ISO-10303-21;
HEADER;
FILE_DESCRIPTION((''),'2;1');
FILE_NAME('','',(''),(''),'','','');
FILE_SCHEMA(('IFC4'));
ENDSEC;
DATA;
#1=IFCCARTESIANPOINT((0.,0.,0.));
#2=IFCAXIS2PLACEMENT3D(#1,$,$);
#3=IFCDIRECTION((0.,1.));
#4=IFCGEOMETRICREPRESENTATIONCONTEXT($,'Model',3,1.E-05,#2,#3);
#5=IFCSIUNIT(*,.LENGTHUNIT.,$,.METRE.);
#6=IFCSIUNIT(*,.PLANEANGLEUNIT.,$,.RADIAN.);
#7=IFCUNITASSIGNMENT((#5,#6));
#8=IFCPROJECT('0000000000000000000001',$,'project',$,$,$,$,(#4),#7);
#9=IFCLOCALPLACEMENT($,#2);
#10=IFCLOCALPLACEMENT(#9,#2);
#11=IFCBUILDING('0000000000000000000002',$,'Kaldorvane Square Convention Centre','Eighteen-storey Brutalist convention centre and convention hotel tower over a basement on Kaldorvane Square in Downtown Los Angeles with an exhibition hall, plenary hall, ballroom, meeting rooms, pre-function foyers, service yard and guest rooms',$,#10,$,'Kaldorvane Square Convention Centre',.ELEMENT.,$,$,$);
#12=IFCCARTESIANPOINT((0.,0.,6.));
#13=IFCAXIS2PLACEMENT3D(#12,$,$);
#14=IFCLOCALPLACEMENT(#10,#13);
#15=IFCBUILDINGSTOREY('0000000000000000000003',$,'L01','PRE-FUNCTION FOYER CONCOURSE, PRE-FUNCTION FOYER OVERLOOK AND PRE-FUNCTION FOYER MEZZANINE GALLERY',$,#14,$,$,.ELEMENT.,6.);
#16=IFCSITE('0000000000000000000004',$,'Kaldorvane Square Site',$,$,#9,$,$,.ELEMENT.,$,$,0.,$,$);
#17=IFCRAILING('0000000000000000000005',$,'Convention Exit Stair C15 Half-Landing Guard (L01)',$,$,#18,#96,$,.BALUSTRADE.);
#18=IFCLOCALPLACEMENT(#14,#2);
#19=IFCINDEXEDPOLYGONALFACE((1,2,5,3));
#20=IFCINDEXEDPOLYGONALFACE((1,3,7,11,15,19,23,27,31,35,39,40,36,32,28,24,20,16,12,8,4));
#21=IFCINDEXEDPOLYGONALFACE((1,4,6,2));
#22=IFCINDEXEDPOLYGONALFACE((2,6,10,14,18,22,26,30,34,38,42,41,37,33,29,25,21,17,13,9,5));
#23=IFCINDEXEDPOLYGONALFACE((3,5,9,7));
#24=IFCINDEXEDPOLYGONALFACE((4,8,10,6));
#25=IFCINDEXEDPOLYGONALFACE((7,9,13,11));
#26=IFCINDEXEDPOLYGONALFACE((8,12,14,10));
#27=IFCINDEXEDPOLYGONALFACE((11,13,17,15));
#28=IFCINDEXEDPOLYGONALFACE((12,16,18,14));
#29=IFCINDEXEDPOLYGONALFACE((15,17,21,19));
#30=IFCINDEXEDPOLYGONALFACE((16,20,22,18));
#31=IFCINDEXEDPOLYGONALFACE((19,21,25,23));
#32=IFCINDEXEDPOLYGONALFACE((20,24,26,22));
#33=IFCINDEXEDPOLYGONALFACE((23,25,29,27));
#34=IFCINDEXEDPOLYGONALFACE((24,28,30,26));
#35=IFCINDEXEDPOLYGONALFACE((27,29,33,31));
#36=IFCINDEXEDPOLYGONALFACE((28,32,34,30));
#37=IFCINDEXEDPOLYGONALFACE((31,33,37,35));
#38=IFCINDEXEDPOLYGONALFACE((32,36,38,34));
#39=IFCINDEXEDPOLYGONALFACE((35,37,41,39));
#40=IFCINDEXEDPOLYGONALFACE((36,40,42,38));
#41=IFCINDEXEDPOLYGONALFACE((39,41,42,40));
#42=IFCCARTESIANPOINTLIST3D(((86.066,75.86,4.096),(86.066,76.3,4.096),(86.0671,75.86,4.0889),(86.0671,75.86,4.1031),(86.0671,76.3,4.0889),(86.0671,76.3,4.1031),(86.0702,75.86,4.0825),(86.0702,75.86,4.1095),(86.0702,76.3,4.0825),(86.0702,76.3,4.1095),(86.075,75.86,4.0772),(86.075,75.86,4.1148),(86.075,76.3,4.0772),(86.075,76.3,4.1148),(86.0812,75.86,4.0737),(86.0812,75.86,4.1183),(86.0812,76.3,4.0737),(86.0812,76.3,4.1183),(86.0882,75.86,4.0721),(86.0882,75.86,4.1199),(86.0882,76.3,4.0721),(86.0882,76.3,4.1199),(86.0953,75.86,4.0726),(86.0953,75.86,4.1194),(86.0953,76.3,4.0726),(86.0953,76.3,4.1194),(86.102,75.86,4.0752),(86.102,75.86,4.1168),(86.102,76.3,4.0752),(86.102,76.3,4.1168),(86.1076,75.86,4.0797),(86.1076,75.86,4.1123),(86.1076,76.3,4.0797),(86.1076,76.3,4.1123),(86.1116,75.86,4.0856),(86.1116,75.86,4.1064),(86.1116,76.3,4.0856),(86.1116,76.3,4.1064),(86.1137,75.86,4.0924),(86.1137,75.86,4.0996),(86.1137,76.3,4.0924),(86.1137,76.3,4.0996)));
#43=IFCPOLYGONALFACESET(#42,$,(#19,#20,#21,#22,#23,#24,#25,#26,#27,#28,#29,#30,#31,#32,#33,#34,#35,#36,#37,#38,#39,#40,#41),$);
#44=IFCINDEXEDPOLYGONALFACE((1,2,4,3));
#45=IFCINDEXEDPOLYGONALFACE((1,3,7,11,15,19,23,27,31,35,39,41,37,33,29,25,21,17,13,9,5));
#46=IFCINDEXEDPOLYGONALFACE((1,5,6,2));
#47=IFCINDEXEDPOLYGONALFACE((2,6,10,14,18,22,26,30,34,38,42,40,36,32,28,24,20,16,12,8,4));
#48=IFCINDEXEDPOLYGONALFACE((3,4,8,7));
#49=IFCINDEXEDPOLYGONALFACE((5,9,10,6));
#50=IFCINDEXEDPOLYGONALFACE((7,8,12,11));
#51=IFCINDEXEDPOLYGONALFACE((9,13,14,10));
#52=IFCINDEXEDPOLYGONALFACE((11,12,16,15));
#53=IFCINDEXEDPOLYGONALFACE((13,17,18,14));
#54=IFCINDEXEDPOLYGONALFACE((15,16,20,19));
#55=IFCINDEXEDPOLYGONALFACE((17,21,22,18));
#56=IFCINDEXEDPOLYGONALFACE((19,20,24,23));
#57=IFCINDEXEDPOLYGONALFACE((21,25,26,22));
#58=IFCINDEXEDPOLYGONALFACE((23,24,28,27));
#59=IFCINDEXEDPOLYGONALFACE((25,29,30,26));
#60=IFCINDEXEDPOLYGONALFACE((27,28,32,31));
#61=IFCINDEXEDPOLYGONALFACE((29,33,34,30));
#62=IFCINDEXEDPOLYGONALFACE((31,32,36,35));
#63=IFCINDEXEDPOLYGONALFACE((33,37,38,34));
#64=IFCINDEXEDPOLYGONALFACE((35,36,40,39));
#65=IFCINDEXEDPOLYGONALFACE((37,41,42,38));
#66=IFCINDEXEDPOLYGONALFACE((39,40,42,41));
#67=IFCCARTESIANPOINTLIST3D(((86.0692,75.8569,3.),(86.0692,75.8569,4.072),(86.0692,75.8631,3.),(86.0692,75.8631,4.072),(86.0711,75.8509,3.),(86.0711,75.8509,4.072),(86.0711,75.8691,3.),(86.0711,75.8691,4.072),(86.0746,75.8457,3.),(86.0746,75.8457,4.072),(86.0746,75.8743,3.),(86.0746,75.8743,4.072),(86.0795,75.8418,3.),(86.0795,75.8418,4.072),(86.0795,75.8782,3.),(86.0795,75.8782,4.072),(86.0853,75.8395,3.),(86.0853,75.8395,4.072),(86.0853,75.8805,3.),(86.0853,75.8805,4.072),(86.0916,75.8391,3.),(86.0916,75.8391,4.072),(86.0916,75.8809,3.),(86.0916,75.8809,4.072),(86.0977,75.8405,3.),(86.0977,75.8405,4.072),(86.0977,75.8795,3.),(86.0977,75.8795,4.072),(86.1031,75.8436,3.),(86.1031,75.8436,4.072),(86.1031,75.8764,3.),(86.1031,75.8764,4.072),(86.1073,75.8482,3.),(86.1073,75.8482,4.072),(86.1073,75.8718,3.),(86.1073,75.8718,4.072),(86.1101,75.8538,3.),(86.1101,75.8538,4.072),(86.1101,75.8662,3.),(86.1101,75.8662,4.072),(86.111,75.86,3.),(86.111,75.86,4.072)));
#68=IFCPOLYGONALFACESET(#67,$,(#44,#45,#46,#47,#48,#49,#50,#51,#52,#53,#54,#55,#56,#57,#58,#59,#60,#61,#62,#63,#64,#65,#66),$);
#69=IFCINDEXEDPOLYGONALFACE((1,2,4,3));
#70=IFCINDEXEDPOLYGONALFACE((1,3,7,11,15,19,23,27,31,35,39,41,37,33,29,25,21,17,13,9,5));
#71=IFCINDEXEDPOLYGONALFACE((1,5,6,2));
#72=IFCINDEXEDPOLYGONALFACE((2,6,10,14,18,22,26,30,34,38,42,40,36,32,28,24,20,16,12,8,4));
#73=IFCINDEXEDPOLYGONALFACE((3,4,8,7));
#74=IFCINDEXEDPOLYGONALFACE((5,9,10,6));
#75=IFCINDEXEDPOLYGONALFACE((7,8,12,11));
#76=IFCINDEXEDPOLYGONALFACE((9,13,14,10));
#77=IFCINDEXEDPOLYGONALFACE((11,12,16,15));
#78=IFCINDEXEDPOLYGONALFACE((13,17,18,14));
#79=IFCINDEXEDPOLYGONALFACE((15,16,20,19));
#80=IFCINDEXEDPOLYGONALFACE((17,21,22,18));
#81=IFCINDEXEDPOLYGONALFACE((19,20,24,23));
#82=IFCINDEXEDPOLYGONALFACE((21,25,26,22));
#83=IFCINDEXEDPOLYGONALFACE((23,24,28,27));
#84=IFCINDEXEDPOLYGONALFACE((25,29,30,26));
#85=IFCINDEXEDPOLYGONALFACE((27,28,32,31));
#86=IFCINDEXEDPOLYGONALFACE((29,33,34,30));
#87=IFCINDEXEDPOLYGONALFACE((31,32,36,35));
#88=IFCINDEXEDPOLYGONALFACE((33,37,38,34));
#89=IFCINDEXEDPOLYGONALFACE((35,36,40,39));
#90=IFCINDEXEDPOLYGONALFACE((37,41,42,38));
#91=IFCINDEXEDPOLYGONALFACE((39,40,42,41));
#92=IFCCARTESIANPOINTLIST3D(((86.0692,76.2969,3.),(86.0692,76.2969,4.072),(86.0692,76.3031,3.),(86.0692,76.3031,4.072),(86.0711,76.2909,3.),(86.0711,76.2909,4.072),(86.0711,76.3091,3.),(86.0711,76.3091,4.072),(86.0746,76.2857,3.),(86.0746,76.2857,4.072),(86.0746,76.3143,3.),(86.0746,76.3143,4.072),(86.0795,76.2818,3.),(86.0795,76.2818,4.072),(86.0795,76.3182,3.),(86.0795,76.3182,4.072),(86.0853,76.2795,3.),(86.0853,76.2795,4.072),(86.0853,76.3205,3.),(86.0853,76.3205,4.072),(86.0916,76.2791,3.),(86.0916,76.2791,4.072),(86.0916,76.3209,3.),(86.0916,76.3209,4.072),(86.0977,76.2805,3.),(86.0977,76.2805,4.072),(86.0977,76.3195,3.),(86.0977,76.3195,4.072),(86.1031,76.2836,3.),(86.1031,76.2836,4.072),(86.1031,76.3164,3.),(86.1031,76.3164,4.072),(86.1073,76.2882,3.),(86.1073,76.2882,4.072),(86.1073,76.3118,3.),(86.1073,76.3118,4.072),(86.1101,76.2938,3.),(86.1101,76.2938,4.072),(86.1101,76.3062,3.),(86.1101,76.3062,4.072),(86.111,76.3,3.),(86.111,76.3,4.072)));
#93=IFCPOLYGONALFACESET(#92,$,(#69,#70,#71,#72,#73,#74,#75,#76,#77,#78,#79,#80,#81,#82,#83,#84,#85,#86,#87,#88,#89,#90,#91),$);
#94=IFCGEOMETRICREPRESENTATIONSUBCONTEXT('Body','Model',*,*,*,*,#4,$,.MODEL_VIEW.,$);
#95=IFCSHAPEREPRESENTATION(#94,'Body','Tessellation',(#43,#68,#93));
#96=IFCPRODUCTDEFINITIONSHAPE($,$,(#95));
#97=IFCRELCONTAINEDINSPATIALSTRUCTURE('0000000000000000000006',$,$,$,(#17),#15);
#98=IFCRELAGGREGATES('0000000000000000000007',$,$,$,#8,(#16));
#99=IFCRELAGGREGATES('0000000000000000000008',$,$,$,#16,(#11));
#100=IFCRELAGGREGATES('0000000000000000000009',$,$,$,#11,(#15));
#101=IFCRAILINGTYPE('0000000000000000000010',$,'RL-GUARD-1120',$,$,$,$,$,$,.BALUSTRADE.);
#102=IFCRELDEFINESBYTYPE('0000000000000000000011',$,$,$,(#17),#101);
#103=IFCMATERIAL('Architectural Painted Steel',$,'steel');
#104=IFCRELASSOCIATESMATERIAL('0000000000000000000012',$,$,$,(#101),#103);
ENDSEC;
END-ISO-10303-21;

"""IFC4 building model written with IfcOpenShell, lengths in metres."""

from ifc_helpers import new_model, si_unit, direction, frame, origin, origin_2d, place, context, subcontext, project, spatial, circle, extrude, material, type_object, element, save


model = new_model("IFC4")

# Units and contexts
model_context = context("Model", 3, precision=1e-05, world=origin(), true_north=direction((0.0, 1.0)))
body_context = subcontext(model_context, "Body", "Model", "MODEL_VIEW")
ifc_project = project(units=[si_unit("LENGTHUNIT", "METRE"), si_unit("PLANEANGLEUNIT", "RADIAN")], contexts=[model_context])

# Site, building, storey
site_placement = place(None, origin())
site = spatial("IfcSite", under=ifc_project, at=site_placement, Name="Kaldorvane Square Site", CompositionType="ELEMENT", RefElevation=0.0)
building_placement = place(site_placement, origin())
building = spatial("IfcBuilding", under=site, at=building_placement, Name="Kaldorvane Square Convention Centre", Description="Eighteen-storey Brutalist convention centre and convention hotel tower over a basement on Kaldorvane Square in Downtown Los Angeles with an exhibition hall, plenary hall, ballroom, meeting rooms, pre-function foyers, service yard and guest rooms", LongName="Kaldorvane Square Convention Centre", CompositionType="ELEMENT")
storey_placement = place(building_placement, frame((0.0, 0.0, 6.0)))
storey = spatial("IfcBuildingStorey", under=building, at=storey_placement, Name="L01", Description="PRE-FUNCTION FOYER CONCOURSE, PRE-FUNCTION FOYER OVERLOOK AND PRE-FUNCTION FOYER MEZZANINE GALLERY", CompositionType="ELEMENT", Elevation=6.0)

# Railing
ifc_material_1 = material(Name="Architectural Painted Steel", Category="steel")
railing_type_1 = type_object("IfcRailingType", Name="RL-GUARD-1120", PredefinedType="BALUSTRADE", material=ifc_material_1)
railing_1_placement = place(storey_placement, frame((86.09, 75.86, 3.0)))
element("IfcRailing", 1, at=railing_1_placement, inside=storey, type_object=railing_type_1, Name="Convention Exit Stair C15 Half-Landing Guard (L01)", PredefinedType="BALUSTRADE", context=body_context, shape_type="SweptSolid", body=[
    extrude(circle(Radius=0.024, at=origin_2d()), frame((0.0, 0.0, 1.096), z_axis=(0.0, 1.0, 0.0), x_axis=(-1.0, 0.0, 0.0)), (0.0, 0.0, 1.0), 0.44),
    extrude(circle(Radius=0.021, at=origin_2d()), origin(), (0.0, 0.0, 1.0), 1.072),
    extrude(circle(Radius=0.021, at=origin_2d()), frame((0.0, 0.44, 0.0)), (0.0, 0.0, 1.0), 1.072),
])

save(model, "model.ifc")
